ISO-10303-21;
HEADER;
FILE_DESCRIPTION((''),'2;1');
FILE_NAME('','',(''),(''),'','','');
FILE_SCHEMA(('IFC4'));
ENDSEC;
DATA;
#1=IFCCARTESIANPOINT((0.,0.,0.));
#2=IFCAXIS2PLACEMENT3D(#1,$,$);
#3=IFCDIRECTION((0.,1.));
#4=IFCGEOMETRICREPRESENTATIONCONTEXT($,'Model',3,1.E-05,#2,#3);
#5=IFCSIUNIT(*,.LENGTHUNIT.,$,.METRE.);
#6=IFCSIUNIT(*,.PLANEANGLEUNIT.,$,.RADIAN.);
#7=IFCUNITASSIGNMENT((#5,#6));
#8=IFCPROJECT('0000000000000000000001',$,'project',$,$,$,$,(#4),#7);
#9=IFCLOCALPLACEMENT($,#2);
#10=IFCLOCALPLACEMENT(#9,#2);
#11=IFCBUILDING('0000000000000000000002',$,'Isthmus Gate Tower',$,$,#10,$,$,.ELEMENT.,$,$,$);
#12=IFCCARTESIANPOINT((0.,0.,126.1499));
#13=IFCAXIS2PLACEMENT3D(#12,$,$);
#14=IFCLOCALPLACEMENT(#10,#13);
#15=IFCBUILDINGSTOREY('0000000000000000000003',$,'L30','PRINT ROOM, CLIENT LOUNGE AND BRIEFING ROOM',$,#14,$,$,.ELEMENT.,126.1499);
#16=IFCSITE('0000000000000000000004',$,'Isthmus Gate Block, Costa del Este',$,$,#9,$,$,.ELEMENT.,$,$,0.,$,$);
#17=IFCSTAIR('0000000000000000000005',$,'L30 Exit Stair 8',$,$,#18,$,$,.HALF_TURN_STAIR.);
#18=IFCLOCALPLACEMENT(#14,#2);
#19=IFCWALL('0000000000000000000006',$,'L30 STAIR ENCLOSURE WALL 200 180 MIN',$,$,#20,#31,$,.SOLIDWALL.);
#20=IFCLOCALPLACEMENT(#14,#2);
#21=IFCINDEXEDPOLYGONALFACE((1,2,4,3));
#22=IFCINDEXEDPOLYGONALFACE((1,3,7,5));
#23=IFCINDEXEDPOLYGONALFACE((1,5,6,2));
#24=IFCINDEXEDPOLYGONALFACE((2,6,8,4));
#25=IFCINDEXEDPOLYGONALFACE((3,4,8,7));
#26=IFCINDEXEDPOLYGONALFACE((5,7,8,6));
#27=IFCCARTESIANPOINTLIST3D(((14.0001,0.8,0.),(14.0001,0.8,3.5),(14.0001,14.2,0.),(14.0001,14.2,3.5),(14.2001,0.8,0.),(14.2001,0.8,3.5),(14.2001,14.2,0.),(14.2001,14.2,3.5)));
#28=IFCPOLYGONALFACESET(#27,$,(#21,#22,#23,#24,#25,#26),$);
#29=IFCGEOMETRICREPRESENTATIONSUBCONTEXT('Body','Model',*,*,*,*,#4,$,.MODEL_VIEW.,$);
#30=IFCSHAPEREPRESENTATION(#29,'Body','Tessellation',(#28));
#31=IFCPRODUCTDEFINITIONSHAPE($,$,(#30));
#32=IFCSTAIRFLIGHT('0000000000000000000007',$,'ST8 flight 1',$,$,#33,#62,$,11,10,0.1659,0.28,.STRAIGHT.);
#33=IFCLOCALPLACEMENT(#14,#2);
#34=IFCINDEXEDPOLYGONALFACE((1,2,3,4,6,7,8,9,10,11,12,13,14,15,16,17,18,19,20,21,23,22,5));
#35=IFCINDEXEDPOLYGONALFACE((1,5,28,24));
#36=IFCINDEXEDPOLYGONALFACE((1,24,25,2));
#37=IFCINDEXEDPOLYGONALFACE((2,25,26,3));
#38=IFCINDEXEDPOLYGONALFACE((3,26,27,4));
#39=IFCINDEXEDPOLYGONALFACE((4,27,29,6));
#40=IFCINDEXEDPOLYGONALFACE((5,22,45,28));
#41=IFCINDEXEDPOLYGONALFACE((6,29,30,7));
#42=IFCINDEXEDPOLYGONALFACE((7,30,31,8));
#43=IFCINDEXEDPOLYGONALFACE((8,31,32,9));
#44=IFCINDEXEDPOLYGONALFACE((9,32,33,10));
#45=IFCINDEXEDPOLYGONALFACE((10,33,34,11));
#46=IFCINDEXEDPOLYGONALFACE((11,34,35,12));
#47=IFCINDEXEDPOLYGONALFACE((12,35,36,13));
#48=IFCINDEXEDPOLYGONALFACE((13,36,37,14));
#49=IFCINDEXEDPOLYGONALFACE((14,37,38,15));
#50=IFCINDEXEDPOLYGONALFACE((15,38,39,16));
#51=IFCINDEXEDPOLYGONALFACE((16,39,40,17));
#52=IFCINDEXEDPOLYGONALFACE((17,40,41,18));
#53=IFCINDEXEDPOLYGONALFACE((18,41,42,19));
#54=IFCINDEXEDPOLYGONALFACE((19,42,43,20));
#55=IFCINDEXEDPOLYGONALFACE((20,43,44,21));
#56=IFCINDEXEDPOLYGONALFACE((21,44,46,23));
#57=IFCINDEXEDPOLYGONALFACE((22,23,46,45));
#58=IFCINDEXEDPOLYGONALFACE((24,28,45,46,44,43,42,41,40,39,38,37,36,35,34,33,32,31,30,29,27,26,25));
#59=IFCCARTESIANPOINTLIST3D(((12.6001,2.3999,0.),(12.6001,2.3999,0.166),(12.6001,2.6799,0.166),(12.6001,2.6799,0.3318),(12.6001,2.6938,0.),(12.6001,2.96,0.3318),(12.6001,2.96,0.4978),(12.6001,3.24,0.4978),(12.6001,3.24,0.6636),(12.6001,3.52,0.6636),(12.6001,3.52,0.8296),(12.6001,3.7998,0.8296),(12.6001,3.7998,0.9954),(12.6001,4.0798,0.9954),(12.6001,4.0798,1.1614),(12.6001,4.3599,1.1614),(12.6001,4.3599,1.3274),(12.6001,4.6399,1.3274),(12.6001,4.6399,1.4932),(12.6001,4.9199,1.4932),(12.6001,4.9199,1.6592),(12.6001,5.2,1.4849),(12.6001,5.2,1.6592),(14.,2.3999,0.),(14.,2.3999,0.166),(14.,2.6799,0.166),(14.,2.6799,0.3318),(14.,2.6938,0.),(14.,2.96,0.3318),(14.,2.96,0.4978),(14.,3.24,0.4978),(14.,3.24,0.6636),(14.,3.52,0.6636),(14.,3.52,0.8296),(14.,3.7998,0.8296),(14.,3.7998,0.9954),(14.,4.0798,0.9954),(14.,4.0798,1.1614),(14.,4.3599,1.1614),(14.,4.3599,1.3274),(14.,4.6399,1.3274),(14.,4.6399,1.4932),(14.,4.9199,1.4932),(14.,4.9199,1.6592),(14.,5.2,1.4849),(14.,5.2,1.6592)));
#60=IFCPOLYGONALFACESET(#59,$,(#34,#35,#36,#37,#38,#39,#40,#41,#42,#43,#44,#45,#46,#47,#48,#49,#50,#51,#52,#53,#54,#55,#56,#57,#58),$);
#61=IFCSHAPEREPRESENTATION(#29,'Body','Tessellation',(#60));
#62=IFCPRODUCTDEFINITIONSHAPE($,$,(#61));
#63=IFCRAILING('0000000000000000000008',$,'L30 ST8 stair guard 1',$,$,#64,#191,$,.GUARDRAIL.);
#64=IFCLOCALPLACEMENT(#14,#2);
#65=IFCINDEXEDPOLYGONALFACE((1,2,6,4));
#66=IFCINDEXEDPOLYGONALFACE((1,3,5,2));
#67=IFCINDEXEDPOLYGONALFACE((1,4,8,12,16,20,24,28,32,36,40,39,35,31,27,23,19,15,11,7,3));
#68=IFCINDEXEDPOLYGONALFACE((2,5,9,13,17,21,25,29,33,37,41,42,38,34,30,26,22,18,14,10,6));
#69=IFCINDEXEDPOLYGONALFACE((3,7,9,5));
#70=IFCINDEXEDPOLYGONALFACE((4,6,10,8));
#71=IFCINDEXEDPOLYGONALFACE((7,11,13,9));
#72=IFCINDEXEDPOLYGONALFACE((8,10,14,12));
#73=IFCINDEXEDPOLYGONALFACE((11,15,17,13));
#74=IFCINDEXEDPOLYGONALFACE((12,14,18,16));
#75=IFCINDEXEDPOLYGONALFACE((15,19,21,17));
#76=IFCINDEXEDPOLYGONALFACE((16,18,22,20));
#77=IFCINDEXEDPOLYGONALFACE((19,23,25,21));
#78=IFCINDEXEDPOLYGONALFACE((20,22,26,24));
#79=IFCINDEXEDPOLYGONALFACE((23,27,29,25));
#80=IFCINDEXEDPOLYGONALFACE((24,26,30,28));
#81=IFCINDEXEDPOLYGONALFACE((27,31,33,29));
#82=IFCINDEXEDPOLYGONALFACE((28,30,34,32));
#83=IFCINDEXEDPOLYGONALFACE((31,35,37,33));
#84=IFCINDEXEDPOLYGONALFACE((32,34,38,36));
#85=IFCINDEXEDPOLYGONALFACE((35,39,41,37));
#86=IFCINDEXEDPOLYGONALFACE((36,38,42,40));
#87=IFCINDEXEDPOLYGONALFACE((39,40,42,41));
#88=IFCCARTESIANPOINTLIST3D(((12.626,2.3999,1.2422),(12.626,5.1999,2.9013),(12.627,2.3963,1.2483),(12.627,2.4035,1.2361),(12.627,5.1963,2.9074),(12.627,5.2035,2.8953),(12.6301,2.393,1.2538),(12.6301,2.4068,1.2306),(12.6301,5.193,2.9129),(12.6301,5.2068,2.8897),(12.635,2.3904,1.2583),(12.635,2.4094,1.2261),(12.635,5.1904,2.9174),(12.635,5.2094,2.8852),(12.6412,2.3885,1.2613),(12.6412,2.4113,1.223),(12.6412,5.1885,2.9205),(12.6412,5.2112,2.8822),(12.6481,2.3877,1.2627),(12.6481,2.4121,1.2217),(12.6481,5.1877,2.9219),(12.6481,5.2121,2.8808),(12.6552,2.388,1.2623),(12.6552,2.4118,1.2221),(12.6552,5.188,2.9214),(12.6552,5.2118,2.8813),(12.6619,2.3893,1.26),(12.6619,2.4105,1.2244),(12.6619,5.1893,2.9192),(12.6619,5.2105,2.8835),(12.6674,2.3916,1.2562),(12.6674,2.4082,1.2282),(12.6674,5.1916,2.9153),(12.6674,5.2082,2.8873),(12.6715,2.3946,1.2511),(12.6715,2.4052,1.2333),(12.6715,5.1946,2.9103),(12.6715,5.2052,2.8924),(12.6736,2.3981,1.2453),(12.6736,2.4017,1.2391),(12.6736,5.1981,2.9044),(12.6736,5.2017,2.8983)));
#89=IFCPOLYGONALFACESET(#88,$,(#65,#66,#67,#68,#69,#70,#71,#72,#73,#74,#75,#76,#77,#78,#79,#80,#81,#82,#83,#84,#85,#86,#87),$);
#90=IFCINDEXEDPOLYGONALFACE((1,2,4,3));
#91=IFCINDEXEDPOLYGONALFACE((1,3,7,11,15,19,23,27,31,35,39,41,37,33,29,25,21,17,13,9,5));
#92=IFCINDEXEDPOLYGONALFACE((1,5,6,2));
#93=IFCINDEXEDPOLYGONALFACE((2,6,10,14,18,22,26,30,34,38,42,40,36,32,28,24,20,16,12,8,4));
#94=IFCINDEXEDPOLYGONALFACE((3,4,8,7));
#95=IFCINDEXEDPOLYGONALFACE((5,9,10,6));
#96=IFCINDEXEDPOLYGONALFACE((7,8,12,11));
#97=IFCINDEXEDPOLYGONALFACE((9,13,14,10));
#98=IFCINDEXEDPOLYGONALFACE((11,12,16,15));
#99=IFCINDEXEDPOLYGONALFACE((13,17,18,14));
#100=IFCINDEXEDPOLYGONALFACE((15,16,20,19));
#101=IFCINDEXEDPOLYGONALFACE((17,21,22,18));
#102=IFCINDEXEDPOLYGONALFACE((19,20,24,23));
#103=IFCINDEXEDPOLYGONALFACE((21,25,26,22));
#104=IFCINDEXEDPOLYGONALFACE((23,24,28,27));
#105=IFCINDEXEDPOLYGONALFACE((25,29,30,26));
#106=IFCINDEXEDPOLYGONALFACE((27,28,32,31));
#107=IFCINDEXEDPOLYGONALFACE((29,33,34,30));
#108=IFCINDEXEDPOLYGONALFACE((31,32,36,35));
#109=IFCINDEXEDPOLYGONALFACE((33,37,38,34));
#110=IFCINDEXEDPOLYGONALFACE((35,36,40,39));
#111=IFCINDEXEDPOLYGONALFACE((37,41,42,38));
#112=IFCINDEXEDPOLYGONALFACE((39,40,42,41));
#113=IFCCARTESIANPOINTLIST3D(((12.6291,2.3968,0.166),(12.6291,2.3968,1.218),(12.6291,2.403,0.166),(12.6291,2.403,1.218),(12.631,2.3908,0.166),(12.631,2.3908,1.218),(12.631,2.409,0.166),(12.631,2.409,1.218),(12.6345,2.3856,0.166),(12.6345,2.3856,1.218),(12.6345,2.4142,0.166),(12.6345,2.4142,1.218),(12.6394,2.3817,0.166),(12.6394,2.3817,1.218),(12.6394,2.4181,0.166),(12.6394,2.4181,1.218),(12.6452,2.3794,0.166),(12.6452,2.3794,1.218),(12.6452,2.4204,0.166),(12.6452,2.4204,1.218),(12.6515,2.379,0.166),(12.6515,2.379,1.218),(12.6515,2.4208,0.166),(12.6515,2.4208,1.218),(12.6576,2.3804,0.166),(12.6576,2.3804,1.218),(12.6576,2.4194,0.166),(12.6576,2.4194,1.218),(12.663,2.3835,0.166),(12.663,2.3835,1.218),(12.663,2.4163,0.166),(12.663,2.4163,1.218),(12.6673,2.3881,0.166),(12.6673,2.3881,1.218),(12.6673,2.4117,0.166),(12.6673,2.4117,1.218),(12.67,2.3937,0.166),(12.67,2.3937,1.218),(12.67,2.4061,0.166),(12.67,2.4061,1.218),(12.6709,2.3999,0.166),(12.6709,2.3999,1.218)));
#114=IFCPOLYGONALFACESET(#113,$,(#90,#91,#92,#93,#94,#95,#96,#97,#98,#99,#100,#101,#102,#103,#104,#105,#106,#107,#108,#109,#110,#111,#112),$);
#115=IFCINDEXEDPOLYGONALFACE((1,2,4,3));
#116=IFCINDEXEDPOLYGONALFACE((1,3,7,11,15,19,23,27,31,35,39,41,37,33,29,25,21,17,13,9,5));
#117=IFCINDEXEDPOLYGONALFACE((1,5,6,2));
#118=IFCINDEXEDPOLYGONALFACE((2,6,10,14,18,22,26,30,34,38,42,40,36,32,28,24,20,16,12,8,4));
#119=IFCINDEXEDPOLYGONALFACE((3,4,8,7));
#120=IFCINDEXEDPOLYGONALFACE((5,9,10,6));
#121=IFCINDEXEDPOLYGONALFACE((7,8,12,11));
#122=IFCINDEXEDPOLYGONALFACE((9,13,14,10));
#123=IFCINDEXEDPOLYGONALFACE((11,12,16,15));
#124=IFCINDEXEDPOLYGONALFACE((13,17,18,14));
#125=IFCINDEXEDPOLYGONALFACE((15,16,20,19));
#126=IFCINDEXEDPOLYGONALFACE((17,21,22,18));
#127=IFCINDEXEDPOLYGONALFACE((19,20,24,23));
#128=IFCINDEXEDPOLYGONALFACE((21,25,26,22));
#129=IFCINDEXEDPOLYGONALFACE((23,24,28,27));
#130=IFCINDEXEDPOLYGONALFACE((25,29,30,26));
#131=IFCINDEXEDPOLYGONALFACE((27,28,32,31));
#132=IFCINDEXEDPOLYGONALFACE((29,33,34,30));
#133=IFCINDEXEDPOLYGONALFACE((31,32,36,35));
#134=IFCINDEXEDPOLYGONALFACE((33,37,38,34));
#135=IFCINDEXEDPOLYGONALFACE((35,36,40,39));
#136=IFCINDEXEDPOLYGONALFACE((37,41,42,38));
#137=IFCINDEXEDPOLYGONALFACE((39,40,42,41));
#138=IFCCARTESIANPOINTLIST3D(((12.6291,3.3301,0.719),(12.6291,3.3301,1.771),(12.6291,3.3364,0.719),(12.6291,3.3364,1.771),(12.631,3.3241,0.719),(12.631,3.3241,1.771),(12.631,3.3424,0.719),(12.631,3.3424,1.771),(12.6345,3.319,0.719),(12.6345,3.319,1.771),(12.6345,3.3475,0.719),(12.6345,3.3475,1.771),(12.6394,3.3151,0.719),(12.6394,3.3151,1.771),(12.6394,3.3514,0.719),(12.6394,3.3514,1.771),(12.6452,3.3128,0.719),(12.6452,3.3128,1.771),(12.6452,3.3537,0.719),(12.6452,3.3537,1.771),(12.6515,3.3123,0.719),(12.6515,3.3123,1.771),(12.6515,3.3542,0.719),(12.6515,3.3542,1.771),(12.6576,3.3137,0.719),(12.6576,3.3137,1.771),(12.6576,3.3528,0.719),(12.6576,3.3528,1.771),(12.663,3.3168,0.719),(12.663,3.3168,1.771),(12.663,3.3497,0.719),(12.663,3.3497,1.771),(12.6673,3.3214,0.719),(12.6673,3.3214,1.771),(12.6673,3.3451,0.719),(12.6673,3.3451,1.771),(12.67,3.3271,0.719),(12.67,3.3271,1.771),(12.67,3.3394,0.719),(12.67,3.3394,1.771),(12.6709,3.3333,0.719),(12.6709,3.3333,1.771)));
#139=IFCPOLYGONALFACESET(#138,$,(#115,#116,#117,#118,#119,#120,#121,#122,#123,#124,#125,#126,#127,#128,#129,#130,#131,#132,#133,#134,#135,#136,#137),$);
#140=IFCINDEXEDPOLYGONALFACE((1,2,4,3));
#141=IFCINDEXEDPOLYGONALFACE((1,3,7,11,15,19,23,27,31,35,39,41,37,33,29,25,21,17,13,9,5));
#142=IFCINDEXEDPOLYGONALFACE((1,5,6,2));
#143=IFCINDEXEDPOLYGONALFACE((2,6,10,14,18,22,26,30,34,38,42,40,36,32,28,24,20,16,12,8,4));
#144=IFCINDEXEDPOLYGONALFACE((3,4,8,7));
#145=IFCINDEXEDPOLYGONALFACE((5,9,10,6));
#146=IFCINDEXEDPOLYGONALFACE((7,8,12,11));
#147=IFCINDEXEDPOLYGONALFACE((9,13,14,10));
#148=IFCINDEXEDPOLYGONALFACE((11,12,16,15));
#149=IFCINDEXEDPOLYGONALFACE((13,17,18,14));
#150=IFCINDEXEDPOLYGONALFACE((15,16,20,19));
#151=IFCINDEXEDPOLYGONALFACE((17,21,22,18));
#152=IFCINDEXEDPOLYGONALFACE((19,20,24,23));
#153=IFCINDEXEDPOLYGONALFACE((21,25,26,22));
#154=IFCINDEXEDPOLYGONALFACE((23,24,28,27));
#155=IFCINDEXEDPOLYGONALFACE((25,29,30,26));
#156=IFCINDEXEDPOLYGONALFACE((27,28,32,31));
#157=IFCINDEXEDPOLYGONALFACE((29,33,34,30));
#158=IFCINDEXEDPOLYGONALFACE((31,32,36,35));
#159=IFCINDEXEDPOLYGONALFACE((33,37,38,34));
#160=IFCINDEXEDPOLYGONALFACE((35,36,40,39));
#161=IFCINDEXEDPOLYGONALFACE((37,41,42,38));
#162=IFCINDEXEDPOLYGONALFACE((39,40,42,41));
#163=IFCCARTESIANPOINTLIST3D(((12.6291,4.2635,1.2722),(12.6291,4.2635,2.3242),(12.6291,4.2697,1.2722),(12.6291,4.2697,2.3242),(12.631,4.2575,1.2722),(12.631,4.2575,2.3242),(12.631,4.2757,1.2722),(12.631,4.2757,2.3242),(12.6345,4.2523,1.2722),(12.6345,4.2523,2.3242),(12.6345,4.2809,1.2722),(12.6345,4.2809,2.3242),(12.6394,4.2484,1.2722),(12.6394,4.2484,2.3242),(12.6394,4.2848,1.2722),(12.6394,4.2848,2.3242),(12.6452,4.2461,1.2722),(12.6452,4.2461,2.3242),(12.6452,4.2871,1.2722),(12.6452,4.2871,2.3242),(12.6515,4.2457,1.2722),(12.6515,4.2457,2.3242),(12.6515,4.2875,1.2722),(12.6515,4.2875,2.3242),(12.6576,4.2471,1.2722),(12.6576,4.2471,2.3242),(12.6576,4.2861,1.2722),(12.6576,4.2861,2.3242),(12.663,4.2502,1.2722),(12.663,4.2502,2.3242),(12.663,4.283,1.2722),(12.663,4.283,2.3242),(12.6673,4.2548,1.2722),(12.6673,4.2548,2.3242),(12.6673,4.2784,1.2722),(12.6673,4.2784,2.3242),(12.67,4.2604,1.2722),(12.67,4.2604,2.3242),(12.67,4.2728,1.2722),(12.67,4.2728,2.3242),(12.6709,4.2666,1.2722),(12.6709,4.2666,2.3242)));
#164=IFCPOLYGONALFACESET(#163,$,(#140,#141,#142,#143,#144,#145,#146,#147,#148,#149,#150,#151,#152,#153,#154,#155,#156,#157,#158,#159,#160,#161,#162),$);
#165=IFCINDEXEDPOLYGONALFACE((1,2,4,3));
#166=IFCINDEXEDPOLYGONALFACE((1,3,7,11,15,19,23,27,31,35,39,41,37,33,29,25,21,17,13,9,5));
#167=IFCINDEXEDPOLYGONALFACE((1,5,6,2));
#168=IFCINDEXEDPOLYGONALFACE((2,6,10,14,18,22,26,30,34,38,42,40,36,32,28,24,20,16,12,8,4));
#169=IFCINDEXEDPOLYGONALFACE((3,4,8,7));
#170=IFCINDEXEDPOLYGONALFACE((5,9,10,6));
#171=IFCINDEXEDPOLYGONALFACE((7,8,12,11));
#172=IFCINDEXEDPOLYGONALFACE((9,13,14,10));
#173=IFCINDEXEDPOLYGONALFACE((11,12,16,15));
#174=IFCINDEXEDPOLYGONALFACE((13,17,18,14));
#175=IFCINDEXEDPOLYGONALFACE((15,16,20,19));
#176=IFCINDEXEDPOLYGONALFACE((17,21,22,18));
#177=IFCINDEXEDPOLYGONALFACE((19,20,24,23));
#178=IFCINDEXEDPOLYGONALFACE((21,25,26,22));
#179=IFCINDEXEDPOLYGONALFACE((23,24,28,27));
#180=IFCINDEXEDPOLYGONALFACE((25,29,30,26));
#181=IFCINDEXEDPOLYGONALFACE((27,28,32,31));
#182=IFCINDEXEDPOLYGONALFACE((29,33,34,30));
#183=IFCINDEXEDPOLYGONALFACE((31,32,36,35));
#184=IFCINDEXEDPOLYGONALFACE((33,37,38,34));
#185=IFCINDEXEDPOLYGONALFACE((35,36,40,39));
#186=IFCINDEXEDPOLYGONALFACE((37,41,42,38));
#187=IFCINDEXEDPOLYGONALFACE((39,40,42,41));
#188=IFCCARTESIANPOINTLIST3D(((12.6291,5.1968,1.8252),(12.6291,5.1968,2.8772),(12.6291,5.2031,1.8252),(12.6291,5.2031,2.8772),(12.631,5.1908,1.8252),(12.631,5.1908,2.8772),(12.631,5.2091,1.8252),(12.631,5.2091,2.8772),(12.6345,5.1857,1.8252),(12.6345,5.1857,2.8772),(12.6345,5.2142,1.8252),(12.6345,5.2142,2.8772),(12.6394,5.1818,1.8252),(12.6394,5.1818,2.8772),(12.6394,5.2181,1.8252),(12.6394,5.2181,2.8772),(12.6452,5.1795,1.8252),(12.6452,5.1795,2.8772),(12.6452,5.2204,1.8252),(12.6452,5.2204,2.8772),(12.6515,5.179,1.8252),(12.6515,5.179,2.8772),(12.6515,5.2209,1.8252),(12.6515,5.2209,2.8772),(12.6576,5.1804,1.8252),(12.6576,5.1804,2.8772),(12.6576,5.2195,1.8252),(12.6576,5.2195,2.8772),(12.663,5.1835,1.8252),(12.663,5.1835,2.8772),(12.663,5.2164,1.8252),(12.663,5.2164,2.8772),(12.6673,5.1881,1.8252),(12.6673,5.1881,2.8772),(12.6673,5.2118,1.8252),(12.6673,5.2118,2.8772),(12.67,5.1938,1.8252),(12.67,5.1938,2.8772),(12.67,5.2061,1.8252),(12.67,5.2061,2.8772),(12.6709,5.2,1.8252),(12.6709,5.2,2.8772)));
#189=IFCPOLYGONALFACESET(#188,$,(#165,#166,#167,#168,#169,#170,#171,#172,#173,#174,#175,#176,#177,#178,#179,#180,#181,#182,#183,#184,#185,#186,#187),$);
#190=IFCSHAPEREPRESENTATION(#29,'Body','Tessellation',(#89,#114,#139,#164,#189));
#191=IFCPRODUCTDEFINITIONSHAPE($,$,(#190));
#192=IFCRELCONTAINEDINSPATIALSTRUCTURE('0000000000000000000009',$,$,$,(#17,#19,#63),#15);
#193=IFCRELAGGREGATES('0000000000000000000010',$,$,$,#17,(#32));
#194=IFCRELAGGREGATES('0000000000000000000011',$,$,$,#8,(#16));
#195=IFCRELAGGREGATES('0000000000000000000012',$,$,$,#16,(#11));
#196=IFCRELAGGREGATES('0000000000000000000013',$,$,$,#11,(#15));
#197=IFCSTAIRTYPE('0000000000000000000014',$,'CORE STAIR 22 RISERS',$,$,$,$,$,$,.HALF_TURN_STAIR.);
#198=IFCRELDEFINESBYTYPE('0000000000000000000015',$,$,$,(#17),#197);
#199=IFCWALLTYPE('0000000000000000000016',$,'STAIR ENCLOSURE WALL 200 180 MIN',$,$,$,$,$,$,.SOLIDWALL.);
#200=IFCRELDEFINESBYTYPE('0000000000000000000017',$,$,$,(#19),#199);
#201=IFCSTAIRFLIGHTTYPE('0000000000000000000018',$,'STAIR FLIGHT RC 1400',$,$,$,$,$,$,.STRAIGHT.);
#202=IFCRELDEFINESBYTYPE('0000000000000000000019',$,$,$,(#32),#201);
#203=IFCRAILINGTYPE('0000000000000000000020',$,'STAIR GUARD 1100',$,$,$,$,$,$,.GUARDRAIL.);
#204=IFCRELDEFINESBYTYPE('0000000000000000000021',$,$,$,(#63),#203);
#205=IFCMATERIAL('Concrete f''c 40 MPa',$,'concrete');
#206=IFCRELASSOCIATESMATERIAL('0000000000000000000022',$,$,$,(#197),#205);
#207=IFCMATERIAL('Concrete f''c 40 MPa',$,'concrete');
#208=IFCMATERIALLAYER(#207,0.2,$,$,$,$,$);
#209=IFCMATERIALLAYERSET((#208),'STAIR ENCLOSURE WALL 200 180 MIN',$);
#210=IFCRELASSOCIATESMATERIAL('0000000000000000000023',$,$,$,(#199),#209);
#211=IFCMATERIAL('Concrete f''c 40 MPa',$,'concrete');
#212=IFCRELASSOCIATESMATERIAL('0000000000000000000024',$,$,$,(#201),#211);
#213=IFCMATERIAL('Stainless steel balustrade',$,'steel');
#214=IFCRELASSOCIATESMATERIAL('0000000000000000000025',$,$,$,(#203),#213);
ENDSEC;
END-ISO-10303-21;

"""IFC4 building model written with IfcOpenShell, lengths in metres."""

from ifc_helpers import new_model, si_unit, direction, frame, frame_2d, origin, origin_2d, place, context, subcontext, project, spatial, polyline, rectangle, circle, outline, extrude, material, layer, layer_set, type_object, element, aggregate, save


model = new_model("IFC4")

# Units and contexts
model_context = context("Model", 3, precision=1e-05, world=origin(), true_north=direction((0.0, 1.0)))
body_context = subcontext(model_context, "Body", "Model", "MODEL_VIEW")
ifc_project = project(units=[si_unit("LENGTHUNIT", "METRE"), si_unit("PLANEANGLEUNIT", "RADIAN")], contexts=[model_context])

# Site, building, storey
site_placement = place(None, origin())
site = spatial("IfcSite", under=ifc_project, at=site_placement, Name="Isthmus Gate Block, Costa del Este", CompositionType="ELEMENT", RefElevation=0.0)
building_placement = place(site_placement, origin())
building = spatial("IfcBuilding", under=site, at=building_placement, Name="Isthmus Gate Tower", CompositionType="ELEMENT")
storey_placement = place(building_placement, frame((0.0, 0.0, 126.1499)))
storey = spatial("IfcBuildingStorey", under=building, at=storey_placement, Name="L30", Description="PRINT ROOM, CLIENT LOUNGE AND BRIEFING ROOM", CompositionType="ELEMENT", Elevation=126.1499)

# Stair
ifc_material_1 = material(Name="Concrete f'c 40 MPa", Category="concrete")
stair_type = type_object("IfcStairType", Name="CORE STAIR 22 RISERS", PredefinedType="HALF_TURN_STAIR", material=ifc_material_1)
stair_1_placement = place(storey_placement, origin())
stair_1 = element("IfcStair", 1, at=stair_1_placement, inside=storey, type_object=stair_type, Name="L30 Exit Stair 8", PredefinedType="HALF_TURN_STAIR")

# Wall
ifc_material_2 = material(Name="Concrete f'c 40 MPa", Category="concrete")
ifc_layer_1 = layer(ifc_material_2, 0.2)
ifc_layer_set_1 = layer_set([ifc_layer_1], Name="STAIR ENCLOSURE WALL 200 180 MIN")
wall_type_1 = type_object("IfcWallType", Name="STAIR ENCLOSURE WALL 200 180 MIN", PredefinedType="SOLIDWALL", material=ifc_layer_set_1)
wall_1_placement = place(storey_placement, frame((14.1001, 0.8, 0.0), z_axis=(0.0, 0.0, 1.0), x_axis=(0.0, 1.0, 0.0)))
element("IfcWall", 2, at=wall_1_placement, inside=storey, type_object=wall_type_1, Name="L30 STAIR ENCLOSURE WALL 200 180 MIN", PredefinedType="SOLIDWALL", context=body_context, shape_type="SweptSolid", body=[
    extrude(rectangle(XDim=13.3999, YDim=0.2, at=frame_2d((6.7, 0.0))), origin(), (0.0, 0.0, 1.0), 3.5),
])

# Stair flight
ifc_material_3 = material(Name="Concrete f'c 40 MPa", Category="concrete")
stair_flight_type = type_object("IfcStairFlightType", Name="STAIR FLIGHT RC 1400", PredefinedType="STRAIGHT", material=ifc_material_3)
stair_flight_placement = place(storey_placement, frame((13.3, 2.3999, 0.0), z_axis=(0.0, 0.0, 1.0), x_axis=(0.0, 1.0, 0.0)))
stair_flight = element("IfcStairFlight", 3, at=stair_flight_placement, type_object=stair_flight_type, Name="ST8 flight 1", NumberOfRisers=11, NumberOfTreads=10, PredefinedType="STRAIGHT", RiserHeight=0.1659, TreadLength=0.28, context=body_context, shape_type="SweptSolid", body=[
    extrude(outline(polyline([(0.0, 0.0), (0.0, 0.166), (0.28, 0.166), (0.28, 0.3318), (0.5601, 0.3318), (0.5601, 0.4978), (0.8401, 0.4978), (0.8401, 0.6636), (1.1201, 0.6636), (1.1201, 0.8296), (1.3999, 0.8296), (1.3999, 0.9954), (1.6799, 0.9954), (1.6799, 1.1614), (1.96, 1.1614), (1.96, 1.3274), (2.24, 1.3274), (2.24, 1.4932), (2.52, 1.4932), (2.52, 1.6592), (2.8, 1.6592), (2.8, 1.825), (2.8, 1.4849), (0.2939, 0.0), (0.0, 0.0)])), frame((0.0, 0.7, 0.0), z_axis=(0.0, -1.0, 0.0), x_axis=(1.0, 0.0, 0.0)), (0.0, 0.0, 1.0), 1.3999),
])
aggregate(stair_1, [stair_flight])

# Railing
ifc_material_4 = material(Name="Stainless steel balustrade", Category="steel")
railing_type_1 = type_object("IfcRailingType", Name="STAIR GUARD 1100", PredefinedType="GUARDRAIL", material=ifc_material_4)
railing_1_placement = place(storey_placement, frame((12.6499, 2.3999, 0.166)))
element("IfcRailing", 4, at=railing_1_placement, inside=storey, type_object=railing_type_1, Name="L30 ST8 stair guard 1", PredefinedType="GUARDRAIL", context=body_context, shape_type="SweptSolid", body=[
    extrude(circle(Radius=0.0239, at=origin_2d()), frame((0.0, 0.0, 1.0762), z_axis=(0.0, 0.860306, 0.509778), x_axis=(-1.0, 0.0, 0.0)), (0.0, 0.0, 1.0), 3.2546),
    extrude(circle(Radius=0.021, at=origin_2d()), origin(), (0.0, 0.0, 1.0), 1.052),
    extrude(circle(Radius=0.021, at=origin_2d()), frame((0.0, 0.9333, 0.553)), (0.0, 0.0, 1.0), 1.052),
    extrude(circle(Radius=0.021, at=origin_2d()), frame((0.0, 1.8667, 1.1062)), (0.0, 0.0, 1.0), 1.052),
    extrude(circle(Radius=0.021, at=origin_2d()), frame((0.0, 2.8, 1.6592)), (0.0, 0.0, 1.0), 1.052),
])

save(model, "model.ifc")
